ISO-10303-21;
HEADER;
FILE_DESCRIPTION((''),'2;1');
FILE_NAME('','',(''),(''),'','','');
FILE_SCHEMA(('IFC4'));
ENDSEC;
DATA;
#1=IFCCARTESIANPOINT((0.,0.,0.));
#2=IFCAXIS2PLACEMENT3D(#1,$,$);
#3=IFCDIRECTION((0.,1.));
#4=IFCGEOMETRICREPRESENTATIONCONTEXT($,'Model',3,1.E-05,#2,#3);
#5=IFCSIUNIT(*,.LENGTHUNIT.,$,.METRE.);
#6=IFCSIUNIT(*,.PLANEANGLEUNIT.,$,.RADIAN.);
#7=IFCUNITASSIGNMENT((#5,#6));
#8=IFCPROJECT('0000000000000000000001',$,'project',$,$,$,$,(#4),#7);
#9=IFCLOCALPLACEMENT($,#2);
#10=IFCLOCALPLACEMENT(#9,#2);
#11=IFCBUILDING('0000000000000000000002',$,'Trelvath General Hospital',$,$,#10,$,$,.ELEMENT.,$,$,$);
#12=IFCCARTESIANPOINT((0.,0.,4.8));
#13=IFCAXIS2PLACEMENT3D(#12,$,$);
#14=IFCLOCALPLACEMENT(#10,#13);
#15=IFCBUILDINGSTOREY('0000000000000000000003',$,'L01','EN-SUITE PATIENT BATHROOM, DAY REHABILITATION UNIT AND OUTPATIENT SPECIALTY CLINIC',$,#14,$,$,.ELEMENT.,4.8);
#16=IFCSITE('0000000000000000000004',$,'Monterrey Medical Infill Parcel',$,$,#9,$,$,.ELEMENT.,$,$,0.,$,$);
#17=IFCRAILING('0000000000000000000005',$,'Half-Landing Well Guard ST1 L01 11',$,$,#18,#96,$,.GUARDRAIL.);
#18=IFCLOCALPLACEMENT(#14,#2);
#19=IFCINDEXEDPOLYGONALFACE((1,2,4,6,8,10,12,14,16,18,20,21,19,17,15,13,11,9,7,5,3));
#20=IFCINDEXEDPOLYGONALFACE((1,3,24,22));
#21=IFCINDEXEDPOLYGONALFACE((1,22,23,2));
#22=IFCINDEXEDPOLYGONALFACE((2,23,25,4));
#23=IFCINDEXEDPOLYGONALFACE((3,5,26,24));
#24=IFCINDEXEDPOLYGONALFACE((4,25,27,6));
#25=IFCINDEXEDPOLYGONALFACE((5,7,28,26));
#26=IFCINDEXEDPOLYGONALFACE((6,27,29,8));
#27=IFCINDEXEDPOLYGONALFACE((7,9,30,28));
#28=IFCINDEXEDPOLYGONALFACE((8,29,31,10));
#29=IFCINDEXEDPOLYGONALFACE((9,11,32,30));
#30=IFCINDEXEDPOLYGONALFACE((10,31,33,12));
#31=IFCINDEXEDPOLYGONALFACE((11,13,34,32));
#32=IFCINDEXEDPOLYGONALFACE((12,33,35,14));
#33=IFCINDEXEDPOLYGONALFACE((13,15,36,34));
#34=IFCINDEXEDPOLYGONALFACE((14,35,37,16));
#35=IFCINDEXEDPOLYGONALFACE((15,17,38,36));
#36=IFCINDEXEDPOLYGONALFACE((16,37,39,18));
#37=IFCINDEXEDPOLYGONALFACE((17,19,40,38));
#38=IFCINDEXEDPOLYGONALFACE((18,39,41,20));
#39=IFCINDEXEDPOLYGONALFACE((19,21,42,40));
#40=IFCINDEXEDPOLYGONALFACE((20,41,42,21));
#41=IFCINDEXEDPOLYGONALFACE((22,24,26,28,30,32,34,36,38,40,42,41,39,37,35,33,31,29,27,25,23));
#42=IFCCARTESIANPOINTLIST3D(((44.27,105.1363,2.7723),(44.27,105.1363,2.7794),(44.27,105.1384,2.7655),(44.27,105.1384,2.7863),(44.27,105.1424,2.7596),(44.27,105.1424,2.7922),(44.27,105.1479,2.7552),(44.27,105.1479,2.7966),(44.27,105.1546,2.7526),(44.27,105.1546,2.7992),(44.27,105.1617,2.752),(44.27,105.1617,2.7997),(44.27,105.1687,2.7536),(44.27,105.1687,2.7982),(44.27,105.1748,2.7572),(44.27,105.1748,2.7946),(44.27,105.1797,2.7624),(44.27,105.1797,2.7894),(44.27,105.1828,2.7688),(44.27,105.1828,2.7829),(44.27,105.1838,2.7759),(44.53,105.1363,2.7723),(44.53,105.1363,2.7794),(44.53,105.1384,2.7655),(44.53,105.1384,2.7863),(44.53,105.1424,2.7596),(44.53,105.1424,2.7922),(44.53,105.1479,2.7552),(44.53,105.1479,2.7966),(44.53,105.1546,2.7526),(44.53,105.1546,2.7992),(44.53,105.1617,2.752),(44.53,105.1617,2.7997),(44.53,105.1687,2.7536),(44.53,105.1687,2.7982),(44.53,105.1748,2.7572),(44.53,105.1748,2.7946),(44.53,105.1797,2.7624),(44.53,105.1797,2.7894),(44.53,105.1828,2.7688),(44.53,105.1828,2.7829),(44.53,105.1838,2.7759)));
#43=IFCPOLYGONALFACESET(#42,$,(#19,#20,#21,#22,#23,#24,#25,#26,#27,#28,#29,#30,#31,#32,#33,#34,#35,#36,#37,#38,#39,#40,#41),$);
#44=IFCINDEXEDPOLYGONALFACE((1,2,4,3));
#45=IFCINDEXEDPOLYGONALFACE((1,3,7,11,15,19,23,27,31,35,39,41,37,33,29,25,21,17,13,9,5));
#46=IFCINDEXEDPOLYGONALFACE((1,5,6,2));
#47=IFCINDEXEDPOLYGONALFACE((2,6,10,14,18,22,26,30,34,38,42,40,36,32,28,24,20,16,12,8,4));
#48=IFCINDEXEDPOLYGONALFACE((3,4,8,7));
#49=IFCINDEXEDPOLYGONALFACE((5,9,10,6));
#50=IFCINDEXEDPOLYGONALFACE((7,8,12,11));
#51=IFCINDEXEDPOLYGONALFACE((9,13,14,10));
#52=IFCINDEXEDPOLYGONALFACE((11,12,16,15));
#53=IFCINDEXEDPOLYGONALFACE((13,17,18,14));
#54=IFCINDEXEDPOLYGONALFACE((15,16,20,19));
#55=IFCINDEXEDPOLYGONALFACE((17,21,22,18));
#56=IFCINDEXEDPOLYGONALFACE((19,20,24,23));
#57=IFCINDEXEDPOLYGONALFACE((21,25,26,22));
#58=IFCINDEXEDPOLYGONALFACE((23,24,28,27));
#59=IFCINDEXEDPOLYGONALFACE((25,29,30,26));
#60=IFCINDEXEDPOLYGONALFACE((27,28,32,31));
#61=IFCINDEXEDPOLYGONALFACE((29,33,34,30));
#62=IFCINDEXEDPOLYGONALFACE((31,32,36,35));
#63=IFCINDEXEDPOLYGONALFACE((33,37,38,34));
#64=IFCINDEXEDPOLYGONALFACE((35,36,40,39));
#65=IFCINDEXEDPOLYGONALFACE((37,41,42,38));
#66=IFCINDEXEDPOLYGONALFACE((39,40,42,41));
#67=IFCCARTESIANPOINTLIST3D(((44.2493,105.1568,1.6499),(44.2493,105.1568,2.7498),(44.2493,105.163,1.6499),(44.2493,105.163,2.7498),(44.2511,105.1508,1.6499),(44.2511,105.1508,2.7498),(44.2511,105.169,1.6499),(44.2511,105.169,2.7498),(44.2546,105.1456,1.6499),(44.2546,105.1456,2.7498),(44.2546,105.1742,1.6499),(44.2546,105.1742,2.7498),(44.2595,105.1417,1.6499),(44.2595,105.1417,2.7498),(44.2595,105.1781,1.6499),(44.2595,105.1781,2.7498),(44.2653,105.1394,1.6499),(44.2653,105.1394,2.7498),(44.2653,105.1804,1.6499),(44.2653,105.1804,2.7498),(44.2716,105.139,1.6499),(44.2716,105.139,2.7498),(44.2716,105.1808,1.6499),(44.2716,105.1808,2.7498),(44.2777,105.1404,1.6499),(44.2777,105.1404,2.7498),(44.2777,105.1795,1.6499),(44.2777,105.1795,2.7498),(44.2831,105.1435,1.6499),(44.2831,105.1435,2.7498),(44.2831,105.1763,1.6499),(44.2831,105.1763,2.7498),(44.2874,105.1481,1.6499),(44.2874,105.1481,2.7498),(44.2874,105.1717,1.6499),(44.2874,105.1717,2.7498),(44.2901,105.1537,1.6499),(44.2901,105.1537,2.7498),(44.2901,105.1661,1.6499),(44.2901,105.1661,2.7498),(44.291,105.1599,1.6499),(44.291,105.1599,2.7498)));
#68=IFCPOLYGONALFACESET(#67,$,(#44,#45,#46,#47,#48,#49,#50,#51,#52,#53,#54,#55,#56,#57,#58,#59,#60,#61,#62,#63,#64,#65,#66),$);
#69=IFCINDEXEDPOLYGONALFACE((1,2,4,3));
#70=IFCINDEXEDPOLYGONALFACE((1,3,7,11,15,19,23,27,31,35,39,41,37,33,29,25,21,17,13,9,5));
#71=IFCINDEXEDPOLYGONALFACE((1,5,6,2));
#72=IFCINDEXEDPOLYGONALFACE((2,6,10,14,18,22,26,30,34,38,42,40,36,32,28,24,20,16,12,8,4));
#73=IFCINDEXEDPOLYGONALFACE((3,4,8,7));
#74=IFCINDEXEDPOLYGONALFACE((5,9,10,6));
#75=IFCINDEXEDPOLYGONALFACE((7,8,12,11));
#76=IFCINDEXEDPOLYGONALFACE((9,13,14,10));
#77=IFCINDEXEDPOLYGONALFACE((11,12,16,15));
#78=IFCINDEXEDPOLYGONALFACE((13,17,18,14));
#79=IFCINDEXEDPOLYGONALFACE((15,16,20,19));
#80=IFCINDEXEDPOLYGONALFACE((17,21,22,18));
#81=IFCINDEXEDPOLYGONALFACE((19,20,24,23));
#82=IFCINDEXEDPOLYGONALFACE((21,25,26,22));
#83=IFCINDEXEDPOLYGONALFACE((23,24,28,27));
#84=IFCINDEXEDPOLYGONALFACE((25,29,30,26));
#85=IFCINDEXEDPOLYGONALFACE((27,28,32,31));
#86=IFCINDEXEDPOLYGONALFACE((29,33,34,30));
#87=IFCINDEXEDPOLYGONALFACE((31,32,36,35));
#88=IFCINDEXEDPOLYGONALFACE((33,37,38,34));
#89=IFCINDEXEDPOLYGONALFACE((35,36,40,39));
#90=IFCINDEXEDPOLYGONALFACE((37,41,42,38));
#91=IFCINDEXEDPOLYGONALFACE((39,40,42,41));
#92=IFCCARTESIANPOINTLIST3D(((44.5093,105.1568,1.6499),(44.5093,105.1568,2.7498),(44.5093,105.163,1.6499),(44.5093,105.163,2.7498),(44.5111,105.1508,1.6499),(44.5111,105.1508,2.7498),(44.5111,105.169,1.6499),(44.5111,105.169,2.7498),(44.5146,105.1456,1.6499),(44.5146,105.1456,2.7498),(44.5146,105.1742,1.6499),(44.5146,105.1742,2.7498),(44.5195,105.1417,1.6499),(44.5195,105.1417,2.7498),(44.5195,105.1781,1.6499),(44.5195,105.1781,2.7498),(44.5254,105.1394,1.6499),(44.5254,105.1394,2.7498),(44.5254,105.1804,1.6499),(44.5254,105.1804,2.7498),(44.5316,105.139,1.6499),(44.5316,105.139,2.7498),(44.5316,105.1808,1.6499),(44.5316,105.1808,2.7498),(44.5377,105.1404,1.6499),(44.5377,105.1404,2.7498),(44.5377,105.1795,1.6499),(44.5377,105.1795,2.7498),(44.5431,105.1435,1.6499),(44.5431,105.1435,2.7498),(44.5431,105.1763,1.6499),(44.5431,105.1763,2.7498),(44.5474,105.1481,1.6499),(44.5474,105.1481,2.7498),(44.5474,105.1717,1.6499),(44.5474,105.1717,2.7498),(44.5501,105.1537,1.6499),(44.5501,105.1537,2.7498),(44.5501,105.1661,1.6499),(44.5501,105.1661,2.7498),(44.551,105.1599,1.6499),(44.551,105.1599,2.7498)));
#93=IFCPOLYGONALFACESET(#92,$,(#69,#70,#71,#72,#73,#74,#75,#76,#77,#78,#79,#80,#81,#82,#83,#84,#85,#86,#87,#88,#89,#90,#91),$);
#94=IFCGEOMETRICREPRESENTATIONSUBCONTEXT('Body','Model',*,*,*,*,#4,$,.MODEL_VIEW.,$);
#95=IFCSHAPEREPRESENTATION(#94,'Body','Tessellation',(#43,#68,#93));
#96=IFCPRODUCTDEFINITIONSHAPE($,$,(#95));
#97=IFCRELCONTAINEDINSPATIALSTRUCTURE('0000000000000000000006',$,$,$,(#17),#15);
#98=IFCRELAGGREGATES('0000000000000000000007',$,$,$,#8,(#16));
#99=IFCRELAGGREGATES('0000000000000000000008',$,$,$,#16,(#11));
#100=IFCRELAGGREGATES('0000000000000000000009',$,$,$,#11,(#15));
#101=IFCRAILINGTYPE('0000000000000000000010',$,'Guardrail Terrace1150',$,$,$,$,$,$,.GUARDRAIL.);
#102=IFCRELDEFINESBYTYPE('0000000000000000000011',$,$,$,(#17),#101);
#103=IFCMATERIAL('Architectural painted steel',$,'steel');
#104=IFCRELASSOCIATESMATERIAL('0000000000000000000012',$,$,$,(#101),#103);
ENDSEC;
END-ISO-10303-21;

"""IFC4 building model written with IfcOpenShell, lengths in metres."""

from ifc_helpers import new_model, si_unit, direction, frame, origin, origin_2d, place, context, subcontext, project, spatial, circle, extrude, material, type_object, element, save


model = new_model("IFC4")

# Units and contexts
model_context = context("Model", 3, precision=1e-05, world=origin(), true_north=direction((0.0, 1.0)))
body_context = subcontext(model_context, "Body", "Model", "MODEL_VIEW")
ifc_project = project(units=[si_unit("LENGTHUNIT", "METRE"), si_unit("PLANEANGLEUNIT", "RADIAN")], contexts=[model_context])

# Site, building, storey
site_placement = place(None, origin())
site = spatial("IfcSite", under=ifc_project, at=site_placement, Name="Monterrey Medical Infill Parcel", CompositionType="ELEMENT", RefElevation=0.0)
building_placement = place(site_placement, origin())
building = spatial("IfcBuilding", under=site, at=building_placement, Name="Trelvath General Hospital", CompositionType="ELEMENT")
storey_placement = place(building_placement, frame((0.0, 0.0, 4.8)))
storey = spatial("IfcBuildingStorey", under=building, at=storey_placement, Name="L01", Description="EN-SUITE PATIENT BATHROOM, DAY REHABILITATION UNIT AND OUTPATIENT SPECIALTY CLINIC", CompositionType="ELEMENT", Elevation=4.8)

# Railing
ifc_material_1 = material(Name="Architectural painted steel", Category="steel")
railing_type_1 = type_object("IfcRailingType", Name="Guardrail Terrace1150", PredefinedType="GUARDRAIL", material=ifc_material_1)
railing_1_placement = place(storey_placement, frame((44.27, 105.1599, 1.6499)))
element("IfcRailing", 1, at=railing_1_placement, inside=storey, type_object=railing_type_1, Name="Half-Landing Well Guard ST1 L01 11", PredefinedType="GUARDRAIL", context=body_context, shape_type="SweptSolid", body=[
    extrude(circle(Radius=0.0239, at=origin_2d()), frame((0.0, 0.0, 1.126), z_axis=(1.0, 0.0, 0.0), x_axis=(0.0, 1.0, 0.0)), (0.0, 0.0, 1.0), 0.26),
    extrude(circle(Radius=0.021, at=origin_2d()), origin(), (0.0, 0.0, 1.0), 1.0999),
    extrude(circle(Radius=0.021, at=origin_2d()), frame((0.26, 0.0, 0.0)), (0.0, 0.0, 1.0), 1.0999),
])

save(model, "model.ifc")
